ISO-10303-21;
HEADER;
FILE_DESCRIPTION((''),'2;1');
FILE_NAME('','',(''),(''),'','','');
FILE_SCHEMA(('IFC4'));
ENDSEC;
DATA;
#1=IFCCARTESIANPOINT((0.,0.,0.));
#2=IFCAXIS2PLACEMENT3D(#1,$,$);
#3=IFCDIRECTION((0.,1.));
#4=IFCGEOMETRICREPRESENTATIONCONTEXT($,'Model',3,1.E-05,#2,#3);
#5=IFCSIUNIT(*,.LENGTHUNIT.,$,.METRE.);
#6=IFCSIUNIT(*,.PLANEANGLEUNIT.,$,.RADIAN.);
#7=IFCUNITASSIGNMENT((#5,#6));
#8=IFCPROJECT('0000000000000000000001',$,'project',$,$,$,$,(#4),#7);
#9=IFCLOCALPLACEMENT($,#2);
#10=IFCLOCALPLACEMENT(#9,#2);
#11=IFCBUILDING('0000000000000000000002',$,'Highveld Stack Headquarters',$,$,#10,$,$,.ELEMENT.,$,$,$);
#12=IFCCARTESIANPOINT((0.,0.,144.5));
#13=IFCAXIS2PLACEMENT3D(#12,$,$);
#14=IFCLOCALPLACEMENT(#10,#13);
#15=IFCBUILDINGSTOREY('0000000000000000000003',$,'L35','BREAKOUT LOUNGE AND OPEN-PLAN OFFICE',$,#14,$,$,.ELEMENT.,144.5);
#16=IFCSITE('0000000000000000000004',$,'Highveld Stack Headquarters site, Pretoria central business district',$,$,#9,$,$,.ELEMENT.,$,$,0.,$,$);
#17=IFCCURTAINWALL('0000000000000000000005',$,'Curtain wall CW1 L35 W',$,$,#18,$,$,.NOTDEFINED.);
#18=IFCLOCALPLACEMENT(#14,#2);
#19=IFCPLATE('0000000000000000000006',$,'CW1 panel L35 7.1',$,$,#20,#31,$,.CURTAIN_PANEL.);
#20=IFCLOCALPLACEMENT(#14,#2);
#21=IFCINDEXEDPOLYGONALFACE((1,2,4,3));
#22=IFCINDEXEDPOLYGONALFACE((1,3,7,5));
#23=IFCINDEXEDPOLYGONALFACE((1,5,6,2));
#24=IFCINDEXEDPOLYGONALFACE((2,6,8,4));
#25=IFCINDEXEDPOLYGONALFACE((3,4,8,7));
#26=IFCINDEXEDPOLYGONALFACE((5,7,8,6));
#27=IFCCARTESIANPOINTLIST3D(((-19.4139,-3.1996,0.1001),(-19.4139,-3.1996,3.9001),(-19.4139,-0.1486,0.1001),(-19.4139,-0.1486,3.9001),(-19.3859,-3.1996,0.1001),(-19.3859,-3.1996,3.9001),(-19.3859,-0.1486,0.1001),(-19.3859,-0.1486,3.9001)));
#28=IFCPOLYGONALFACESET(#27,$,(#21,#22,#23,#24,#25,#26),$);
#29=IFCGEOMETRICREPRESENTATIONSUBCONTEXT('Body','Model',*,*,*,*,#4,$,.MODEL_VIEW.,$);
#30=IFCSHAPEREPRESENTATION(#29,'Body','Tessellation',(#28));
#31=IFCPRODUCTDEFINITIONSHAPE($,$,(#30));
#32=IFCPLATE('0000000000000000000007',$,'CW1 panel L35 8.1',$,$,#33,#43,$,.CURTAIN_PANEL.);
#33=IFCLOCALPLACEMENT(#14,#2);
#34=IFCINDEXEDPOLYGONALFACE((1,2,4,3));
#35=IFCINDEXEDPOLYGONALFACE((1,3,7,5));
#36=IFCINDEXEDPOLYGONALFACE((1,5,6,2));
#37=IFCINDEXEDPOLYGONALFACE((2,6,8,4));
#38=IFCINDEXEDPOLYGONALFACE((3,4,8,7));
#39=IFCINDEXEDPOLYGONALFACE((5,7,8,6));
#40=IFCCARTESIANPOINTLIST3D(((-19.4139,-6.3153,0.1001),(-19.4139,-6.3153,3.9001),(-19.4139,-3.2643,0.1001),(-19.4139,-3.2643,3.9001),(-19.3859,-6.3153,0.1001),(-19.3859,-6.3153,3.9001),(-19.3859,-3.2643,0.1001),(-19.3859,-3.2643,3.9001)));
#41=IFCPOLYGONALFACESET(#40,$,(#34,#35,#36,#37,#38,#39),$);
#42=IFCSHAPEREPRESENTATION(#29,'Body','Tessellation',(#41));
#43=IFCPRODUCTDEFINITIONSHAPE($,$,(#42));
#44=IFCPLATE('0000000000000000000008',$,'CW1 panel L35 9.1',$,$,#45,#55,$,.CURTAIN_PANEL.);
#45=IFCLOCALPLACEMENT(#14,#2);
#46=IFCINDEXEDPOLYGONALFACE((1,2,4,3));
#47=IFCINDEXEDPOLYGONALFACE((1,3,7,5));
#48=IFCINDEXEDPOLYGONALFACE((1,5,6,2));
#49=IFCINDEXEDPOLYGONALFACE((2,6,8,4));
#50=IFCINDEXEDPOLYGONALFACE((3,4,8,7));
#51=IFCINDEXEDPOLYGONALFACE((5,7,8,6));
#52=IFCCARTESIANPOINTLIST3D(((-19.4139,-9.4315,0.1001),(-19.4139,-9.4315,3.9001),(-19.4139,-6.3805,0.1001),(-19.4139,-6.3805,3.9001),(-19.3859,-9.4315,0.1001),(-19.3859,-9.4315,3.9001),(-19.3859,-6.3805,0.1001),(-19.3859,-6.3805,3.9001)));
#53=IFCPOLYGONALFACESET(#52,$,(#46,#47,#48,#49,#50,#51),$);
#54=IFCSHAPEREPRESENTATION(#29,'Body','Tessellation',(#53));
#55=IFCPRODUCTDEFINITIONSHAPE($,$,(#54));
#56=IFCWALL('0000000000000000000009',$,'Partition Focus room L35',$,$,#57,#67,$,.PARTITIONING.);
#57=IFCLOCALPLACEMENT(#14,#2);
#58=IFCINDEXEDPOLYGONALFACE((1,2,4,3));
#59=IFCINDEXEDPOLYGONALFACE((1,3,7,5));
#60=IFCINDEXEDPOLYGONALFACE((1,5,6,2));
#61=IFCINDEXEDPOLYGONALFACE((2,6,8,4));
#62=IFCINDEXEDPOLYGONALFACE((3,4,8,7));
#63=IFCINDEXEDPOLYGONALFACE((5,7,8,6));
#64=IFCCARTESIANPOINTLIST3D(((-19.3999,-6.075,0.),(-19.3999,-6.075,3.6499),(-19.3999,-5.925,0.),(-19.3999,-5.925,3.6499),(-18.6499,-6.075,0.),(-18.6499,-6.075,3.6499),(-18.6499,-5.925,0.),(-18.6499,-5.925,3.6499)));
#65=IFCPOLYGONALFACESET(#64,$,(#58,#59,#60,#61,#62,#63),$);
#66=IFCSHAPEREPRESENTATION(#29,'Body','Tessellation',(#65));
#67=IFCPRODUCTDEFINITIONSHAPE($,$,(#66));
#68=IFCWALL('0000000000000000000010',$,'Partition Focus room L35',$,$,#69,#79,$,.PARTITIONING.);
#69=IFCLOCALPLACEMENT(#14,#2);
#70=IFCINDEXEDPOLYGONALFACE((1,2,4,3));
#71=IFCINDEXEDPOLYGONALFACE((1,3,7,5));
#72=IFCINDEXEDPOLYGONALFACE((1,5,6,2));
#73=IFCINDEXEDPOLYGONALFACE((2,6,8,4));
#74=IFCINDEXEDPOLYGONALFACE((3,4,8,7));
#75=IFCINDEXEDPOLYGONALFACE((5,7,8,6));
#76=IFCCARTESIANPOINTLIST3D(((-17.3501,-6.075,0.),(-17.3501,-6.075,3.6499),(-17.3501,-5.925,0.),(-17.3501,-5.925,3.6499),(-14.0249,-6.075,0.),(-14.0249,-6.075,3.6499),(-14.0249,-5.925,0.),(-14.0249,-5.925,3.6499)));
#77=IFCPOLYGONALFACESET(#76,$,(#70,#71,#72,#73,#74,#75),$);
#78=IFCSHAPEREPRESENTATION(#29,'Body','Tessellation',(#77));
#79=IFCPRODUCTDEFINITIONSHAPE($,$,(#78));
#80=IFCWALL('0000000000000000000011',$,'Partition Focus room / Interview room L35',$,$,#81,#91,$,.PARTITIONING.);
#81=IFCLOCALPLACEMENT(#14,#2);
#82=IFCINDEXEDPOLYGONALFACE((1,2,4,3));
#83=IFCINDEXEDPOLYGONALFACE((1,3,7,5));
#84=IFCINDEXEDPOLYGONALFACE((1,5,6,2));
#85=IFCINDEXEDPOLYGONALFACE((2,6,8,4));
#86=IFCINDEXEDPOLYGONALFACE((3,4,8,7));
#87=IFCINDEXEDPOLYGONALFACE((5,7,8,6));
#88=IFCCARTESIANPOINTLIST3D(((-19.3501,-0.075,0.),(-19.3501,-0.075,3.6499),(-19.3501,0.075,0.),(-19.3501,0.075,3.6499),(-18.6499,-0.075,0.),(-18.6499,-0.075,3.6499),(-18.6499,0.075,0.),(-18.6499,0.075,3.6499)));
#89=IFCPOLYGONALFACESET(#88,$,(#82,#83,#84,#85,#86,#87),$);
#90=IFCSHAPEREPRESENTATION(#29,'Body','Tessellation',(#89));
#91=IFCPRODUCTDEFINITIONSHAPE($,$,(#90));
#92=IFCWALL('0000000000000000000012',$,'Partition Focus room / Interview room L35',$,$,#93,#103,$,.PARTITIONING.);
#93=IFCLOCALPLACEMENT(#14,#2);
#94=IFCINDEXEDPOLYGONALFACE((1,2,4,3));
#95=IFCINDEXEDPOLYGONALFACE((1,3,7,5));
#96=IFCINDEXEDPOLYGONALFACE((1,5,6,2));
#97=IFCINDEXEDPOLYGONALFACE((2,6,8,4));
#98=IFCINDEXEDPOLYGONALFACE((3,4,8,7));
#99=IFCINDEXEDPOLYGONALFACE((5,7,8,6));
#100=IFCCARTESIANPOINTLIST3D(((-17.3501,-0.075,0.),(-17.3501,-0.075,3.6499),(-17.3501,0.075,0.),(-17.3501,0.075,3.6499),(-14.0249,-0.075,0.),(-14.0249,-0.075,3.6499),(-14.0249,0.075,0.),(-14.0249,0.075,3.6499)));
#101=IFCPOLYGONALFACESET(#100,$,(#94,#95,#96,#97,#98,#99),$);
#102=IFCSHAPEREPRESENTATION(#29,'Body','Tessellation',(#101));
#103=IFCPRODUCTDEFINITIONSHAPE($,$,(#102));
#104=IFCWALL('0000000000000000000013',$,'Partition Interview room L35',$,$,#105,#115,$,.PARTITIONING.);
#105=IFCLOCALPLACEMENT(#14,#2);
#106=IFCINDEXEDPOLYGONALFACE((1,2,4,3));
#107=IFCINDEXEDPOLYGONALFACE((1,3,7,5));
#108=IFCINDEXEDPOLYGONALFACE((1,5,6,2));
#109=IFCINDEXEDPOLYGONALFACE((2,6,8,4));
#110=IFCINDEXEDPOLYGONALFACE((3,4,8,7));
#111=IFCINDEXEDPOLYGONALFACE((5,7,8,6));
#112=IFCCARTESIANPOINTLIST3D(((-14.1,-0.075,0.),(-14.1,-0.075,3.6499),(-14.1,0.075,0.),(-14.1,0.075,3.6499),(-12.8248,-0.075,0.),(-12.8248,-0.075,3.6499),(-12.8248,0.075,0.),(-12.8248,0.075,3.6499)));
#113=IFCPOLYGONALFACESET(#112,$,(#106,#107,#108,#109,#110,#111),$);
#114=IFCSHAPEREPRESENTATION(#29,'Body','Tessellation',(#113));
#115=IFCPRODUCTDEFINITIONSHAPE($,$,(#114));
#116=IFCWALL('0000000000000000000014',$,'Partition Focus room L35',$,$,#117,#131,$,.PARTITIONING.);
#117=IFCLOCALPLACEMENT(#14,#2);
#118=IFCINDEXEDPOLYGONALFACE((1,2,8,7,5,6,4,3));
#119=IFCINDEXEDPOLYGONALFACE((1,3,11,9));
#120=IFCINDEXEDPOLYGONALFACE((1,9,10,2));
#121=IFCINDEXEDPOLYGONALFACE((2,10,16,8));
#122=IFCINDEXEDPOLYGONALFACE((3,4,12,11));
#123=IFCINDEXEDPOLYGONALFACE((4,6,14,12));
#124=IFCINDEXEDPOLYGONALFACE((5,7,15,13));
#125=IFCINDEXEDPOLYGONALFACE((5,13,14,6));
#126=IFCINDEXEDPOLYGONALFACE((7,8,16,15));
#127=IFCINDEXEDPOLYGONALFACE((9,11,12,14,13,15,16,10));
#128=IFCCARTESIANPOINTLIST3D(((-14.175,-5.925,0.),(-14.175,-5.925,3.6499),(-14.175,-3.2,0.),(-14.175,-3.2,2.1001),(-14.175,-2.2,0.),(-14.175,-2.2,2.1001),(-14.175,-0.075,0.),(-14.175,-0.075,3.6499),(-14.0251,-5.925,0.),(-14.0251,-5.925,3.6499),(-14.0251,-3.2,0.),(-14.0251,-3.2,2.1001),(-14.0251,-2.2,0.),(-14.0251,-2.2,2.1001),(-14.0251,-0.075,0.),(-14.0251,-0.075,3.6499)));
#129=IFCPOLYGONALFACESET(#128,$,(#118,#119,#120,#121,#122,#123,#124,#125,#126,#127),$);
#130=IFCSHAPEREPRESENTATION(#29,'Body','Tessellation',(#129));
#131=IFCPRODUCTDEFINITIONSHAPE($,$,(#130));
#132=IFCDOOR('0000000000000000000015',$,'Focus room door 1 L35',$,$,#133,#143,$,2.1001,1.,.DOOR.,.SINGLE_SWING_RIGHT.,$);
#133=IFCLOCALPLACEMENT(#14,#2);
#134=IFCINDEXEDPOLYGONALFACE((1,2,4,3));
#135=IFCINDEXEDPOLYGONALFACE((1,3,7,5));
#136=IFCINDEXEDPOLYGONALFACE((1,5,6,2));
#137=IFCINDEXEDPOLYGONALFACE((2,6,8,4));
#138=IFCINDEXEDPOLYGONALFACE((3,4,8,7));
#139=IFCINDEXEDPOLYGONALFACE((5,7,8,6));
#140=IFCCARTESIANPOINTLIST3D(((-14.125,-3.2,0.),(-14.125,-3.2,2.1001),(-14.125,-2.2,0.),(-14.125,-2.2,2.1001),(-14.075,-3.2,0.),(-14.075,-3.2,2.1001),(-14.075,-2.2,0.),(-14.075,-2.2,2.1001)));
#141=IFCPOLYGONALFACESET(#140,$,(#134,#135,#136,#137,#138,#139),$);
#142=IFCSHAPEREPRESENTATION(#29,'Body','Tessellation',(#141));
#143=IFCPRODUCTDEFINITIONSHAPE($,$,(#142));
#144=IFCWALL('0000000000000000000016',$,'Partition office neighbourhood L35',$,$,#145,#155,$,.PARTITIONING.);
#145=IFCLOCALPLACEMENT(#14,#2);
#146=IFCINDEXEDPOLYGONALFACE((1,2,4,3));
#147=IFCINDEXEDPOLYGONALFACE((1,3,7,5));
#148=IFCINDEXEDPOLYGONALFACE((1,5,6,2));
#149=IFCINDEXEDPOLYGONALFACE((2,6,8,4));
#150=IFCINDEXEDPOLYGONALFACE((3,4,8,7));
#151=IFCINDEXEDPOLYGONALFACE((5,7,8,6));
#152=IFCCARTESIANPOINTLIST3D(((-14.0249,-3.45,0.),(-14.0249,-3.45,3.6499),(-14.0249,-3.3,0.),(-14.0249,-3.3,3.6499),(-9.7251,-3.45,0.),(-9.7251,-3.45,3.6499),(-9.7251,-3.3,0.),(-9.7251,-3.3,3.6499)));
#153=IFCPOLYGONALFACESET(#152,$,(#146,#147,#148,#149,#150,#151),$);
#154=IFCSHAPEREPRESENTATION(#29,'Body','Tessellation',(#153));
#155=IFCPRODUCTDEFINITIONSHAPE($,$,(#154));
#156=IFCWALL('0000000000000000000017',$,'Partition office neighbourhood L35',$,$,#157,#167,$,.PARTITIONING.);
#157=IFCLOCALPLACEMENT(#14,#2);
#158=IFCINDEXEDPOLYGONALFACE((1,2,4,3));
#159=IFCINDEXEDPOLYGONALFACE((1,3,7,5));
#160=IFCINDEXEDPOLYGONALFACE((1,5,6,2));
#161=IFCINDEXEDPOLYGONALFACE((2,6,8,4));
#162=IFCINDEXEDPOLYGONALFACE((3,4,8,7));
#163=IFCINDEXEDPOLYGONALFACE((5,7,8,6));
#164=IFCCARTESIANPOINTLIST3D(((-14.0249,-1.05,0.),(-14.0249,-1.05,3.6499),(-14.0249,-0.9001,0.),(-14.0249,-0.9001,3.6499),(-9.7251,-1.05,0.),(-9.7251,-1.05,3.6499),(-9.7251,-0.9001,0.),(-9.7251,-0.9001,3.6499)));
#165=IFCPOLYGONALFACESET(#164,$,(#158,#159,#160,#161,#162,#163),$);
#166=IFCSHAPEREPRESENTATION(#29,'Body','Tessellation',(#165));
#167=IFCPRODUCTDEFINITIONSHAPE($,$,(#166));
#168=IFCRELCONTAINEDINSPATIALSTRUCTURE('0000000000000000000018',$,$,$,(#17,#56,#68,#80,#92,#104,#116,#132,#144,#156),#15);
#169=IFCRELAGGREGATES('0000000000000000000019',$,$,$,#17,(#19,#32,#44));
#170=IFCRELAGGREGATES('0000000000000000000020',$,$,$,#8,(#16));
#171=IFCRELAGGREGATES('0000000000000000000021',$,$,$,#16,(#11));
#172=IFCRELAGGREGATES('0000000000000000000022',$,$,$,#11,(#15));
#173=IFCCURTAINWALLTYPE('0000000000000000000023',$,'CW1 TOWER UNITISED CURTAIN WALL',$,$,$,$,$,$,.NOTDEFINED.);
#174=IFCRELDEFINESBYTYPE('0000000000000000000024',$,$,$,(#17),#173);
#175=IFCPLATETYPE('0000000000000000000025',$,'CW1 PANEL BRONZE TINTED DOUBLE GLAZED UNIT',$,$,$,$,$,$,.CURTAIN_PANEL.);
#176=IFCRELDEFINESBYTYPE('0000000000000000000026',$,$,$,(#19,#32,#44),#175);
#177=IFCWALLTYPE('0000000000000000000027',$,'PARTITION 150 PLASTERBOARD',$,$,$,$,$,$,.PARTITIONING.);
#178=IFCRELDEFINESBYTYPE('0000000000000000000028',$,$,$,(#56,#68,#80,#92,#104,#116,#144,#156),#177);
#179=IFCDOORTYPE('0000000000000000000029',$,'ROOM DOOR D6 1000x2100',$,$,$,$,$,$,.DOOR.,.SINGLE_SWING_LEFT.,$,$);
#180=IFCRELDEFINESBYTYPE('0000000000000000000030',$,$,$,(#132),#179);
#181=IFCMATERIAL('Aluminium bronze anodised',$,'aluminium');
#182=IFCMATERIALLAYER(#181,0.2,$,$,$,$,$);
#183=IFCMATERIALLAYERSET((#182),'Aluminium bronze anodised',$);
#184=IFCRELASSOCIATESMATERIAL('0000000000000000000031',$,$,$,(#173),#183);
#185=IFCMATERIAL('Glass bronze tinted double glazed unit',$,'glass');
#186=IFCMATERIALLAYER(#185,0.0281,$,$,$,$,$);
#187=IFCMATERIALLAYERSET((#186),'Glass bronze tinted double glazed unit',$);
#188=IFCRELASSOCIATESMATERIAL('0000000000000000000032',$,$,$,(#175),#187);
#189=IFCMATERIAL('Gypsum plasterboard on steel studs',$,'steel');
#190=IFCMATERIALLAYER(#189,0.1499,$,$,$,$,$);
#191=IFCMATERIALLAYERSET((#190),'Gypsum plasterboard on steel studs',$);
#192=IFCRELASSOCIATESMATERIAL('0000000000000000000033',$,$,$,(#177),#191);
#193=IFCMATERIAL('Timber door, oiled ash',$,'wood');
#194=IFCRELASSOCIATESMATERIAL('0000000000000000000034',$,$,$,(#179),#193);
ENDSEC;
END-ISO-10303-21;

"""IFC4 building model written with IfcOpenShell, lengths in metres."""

from ifc_helpers import new_model, si_unit, direction, frame, frame_2d, origin, origin_2d, place, context, subcontext, project, spatial, rectangle, extrude, material, layer, layer_set, type_object, element, fill, aggregate, save


model = new_model("IFC4")

# Units and contexts
model_context = context("Model", 3, precision=1e-05, world=origin(), true_north=direction((0.0, 1.0)))
body_context = subcontext(model_context, "Body", "Model", "MODEL_VIEW")
ifc_project = project(units=[si_unit("LENGTHUNIT", "METRE"), si_unit("PLANEANGLEUNIT", "RADIAN")], contexts=[model_context])

# Site, building, storey
site_placement = place(None, origin())
site = spatial("IfcSite", under=ifc_project, at=site_placement, Name="Highveld Stack Headquarters site, Pretoria central business district", CompositionType="ELEMENT", RefElevation=0.0)
building_placement = place(site_placement, origin())
building = spatial("IfcBuilding", under=site, at=building_placement, Name="Highveld Stack Headquarters", CompositionType="ELEMENT")
storey_placement = place(building_placement, frame((0.0, 0.0, 144.5)))
storey = spatial("IfcBuildingStorey", under=building, at=storey_placement, Name="L35", Description="BREAKOUT LOUNGE AND OPEN-PLAN OFFICE", CompositionType="ELEMENT", Elevation=144.5)

# Curtain wall, plates
ifc_material_1 = material(Name="Aluminium bronze anodised", Category="aluminium")
ifc_layer_1 = layer(ifc_material_1, 0.2)
ifc_layer_set_1 = layer_set([ifc_layer_1], Name="Aluminium bronze anodised")
curtain_wall_type = type_object("IfcCurtainWallType", Name="CW1 TOWER UNITISED CURTAIN WALL", PredefinedType="NOTDEFINED", material=ifc_layer_set_1)
curtain_wall_placement = place(storey_placement, origin())
curtain_wall = element("IfcCurtainWall", 1, at=curtain_wall_placement, inside=storey, type_object=curtain_wall_type, Name="Curtain wall CW1 L35 W", PredefinedType="NOTDEFINED")
ifc_material_2 = material(Name="Glass bronze tinted double glazed unit", Category="glass")
ifc_layer_2 = layer(ifc_material_2, 0.0281)
ifc_layer_set_2 = layer_set([ifc_layer_2], Name="Glass bronze tinted double glazed unit")
plate_type = type_object("IfcPlateType", Name="CW1 PANEL BRONZE TINTED DOUBLE GLAZED UNIT", PredefinedType="CURTAIN_PANEL", material=ifc_layer_set_2)
plate_1_placement = place(storey_placement, frame((-19.3999, -1.6741, 0.1001), z_axis=(0.0, 0.0, 1.0), x_axis=(0.0, -1.0, 0.0)))
plate_1 = element("IfcPlate", 2, at=plate_1_placement, type_object=plate_type, Name="CW1 panel L35 7.1", PredefinedType="CURTAIN_PANEL", context=body_context, shape_type="SweptSolid", body=[
    extrude(rectangle(XDim=3.051, YDim=0.0281, at=origin_2d()), origin(), (0.0, 0.0, 1.0), 3.8),
])
plate_2_placement = place(storey_placement, frame((-19.3999, -4.7898, 0.1001), z_axis=(0.0, 0.0, 1.0), x_axis=(0.0, -1.0, 0.0)))
plate_2 = element("IfcPlate", 3, at=plate_2_placement, type_object=plate_type, Name="CW1 panel L35 8.1", PredefinedType="CURTAIN_PANEL", context=body_context, shape_type="SweptSolid", body=[
    extrude(rectangle(XDim=3.051, YDim=0.0281, at=origin_2d()), origin(), (0.0, 0.0, 1.0), 3.8),
])
plate_3_placement = place(storey_placement, frame((-19.3999, -7.906, 0.1001), z_axis=(0.0, 0.0, 1.0), x_axis=(0.0, -1.0, 0.0)))
plate_3 = element("IfcPlate", 4, at=plate_3_placement, type_object=plate_type, Name="CW1 panel L35 9.1", PredefinedType="CURTAIN_PANEL", context=body_context, shape_type="SweptSolid", body=[
    extrude(rectangle(XDim=3.051, YDim=0.0281, at=origin_2d()), origin(), (0.0, 0.0, 1.0), 3.8),
])
aggregate(curtain_wall, [plate_1, plate_2, plate_3])

# Walls
ifc_material_3 = material(Name="Gypsum plasterboard on steel studs", Category="steel")
ifc_layer_3 = layer(ifc_material_3, 0.1499)
ifc_layer_set_3 = layer_set([ifc_layer_3], Name="Gypsum plasterboard on steel studs")
wall_type = type_object("IfcWallType", Name="PARTITION 150 PLASTERBOARD", PredefinedType="PARTITIONING", material=ifc_layer_set_3)
wall_1_placement = place(storey_placement, frame((-19.3999, -6.0, 0.0), z_axis=(0.0, 0.0, 1.0), x_axis=(1.0, 0.0, 0.0)))
element("IfcWall", 5, at=wall_1_placement, inside=storey, type_object=wall_type, Name="Partition Focus room L35", PredefinedType="PARTITIONING", context=body_context, shape_type="SweptSolid", body=[
    extrude(rectangle(XDim=0.75, YDim=0.1499, at=frame_2d((0.375, 0.0))), origin(), (0.0, 0.0, 1.0), 3.6499),
])
wall_2_placement = place(storey_placement, frame((-17.3501, -6.0, 0.0), z_axis=(0.0, 0.0, 1.0), x_axis=(1.0, 0.0, 0.0)))
element("IfcWall", 6, at=wall_2_placement, inside=storey, type_object=wall_type, Name="Partition Focus room L35", PredefinedType="PARTITIONING", context=body_context, shape_type="SweptSolid", body=[
    extrude(rectangle(XDim=3.3252, YDim=0.1499, at=frame_2d((1.6626, 0.0))), origin(), (0.0, 0.0, 1.0), 3.6499),
])
wall_3_placement = place(storey_placement, frame((-19.3501, 0.0, 0.0), z_axis=(0.0, 0.0, 1.0), x_axis=(1.0, 0.0, 0.0)))
element("IfcWall", 7, at=wall_3_placement, inside=storey, type_object=wall_type, Name="Partition Focus room / Interview room L35", PredefinedType="PARTITIONING", context=body_context, shape_type="SweptSolid", body=[
    extrude(rectangle(XDim=0.7002, YDim=0.1499, at=frame_2d((0.3501, 0.0))), origin(), (0.0, 0.0, 1.0), 3.6499),
])
wall_4_placement = place(storey_placement, frame((-17.3501, 0.0, 0.0), z_axis=(0.0, 0.0, 1.0), x_axis=(1.0, 0.0, 0.0)))
element("IfcWall", 8, at=wall_4_placement, inside=storey, type_object=wall_type, Name="Partition Focus room / Interview room L35", PredefinedType="PARTITIONING", context=body_context, shape_type="SweptSolid", body=[
    extrude(rectangle(XDim=3.3252, YDim=0.1499, at=frame_2d((1.6626, 0.0))), origin(), (0.0, 0.0, 1.0), 3.6499),
])
wall_5_placement = place(storey_placement, frame((-14.1001, 0.0, 0.0), z_axis=(0.0, 0.0, 1.0), x_axis=(1.0, 0.0, 0.0)))
element("IfcWall", 9, at=wall_5_placement, inside=storey, type_object=wall_type, Name="Partition Interview room L35", PredefinedType="PARTITIONING", context=body_context, shape_type="SweptSolid", body=[
    extrude(rectangle(XDim=1.2751, YDim=0.1499, at=frame_2d((0.6377, 0.0))), origin(), (0.0, 0.0, 1.0), 3.6499),
])

# Wall, opening, door
wall_6_placement = place(storey_placement, frame((-14.1001, -5.925, 0.0), z_axis=(0.0, 0.0, 1.0), x_axis=(0.0, 1.0, 0.0)))
wall_6 = element("IfcWall", 10, at=wall_6_placement, inside=storey, type_object=wall_type, Name="Partition Focus room L35", PredefinedType="PARTITIONING", context=body_context, shape_type="SweptSolid", body=[
    extrude(rectangle(XDim=5.8501, YDim=0.1499, at=frame_2d((2.925, 0.0))), origin(), (0.0, 0.0, 1.0), 3.6499),
])
opening_placement = place(wall_6_placement, frame((2.7251, 0.0, 0.0)))
opening = element("IfcOpeningElement", 11, at=opening_placement, cuts=wall_6, PredefinedType="OPENING", context=body_context, shape_type="SweptSolid", body=[
    extrude(rectangle(XDim=1.0, YDim=2.1001, at=frame_2d((0.5, 1.05))), frame((0.0, 0.085, 0.0), z_axis=(0.0, -1.0, 0.0), x_axis=(1.0, 0.0, 0.0)), (0.0, 0.0, 1.0), 0.1699),
])
ifc_material_4 = material(Name="Timber door, oiled ash", Category="wood")
door_type = type_object("IfcDoorType", Name="ROOM DOOR D6 1000x2100", OperationType="SINGLE_SWING_LEFT", PredefinedType="DOOR", material=ifc_material_4)
door_placement = place(opening_placement, origin())
door = element("IfcDoor", 12, at=door_placement, inside=storey, type_object=door_type, Name="Focus room door 1 L35", OperationType="SINGLE_SWING_RIGHT", OverallHeight=2.1001, OverallWidth=1.0, PredefinedType="DOOR", context=body_context, shape_type="SweptSolid", body=[
    extrude(rectangle(XDim=1.0, YDim=2.1001, at=frame_2d((0.5, 1.05))), frame((0.0, 0.0249, 0.0), z_axis=(0.0, -1.0, 0.0), x_axis=(1.0, 0.0, 0.0)), (0.0, 0.0, 1.0), 0.05),
])
fill(opening, door)

# Walls
for number, where, z_axis, x_axis, name in (
    (13, (-14.0249, -3.375, 0.0), (0.0, 0.0, 1.0), (1.0, 0.0, 0.0), "Partition office neighbourhood L35"),
    (14, (-14.0249, -0.9751, 0.0), (0.0, 0.0, 1.0), (1.0, 0.0, 0.0), "Partition office neighbourhood L35"),
):
    element("IfcWall", number, at=place(storey_placement, frame(where, z_axis=z_axis, x_axis=x_axis)), inside=storey, type_object=wall_type, Name=name, PredefinedType="PARTITIONING", context=body_context, shape_type="SweptSolid", body=[
        extrude(rectangle(XDim=4.2998, YDim=0.1499, at=frame_2d((2.1499, 0.0))), origin(), (0.0, 0.0, 1.0), 3.6499),
    ])

save(model, "model.ifc")
